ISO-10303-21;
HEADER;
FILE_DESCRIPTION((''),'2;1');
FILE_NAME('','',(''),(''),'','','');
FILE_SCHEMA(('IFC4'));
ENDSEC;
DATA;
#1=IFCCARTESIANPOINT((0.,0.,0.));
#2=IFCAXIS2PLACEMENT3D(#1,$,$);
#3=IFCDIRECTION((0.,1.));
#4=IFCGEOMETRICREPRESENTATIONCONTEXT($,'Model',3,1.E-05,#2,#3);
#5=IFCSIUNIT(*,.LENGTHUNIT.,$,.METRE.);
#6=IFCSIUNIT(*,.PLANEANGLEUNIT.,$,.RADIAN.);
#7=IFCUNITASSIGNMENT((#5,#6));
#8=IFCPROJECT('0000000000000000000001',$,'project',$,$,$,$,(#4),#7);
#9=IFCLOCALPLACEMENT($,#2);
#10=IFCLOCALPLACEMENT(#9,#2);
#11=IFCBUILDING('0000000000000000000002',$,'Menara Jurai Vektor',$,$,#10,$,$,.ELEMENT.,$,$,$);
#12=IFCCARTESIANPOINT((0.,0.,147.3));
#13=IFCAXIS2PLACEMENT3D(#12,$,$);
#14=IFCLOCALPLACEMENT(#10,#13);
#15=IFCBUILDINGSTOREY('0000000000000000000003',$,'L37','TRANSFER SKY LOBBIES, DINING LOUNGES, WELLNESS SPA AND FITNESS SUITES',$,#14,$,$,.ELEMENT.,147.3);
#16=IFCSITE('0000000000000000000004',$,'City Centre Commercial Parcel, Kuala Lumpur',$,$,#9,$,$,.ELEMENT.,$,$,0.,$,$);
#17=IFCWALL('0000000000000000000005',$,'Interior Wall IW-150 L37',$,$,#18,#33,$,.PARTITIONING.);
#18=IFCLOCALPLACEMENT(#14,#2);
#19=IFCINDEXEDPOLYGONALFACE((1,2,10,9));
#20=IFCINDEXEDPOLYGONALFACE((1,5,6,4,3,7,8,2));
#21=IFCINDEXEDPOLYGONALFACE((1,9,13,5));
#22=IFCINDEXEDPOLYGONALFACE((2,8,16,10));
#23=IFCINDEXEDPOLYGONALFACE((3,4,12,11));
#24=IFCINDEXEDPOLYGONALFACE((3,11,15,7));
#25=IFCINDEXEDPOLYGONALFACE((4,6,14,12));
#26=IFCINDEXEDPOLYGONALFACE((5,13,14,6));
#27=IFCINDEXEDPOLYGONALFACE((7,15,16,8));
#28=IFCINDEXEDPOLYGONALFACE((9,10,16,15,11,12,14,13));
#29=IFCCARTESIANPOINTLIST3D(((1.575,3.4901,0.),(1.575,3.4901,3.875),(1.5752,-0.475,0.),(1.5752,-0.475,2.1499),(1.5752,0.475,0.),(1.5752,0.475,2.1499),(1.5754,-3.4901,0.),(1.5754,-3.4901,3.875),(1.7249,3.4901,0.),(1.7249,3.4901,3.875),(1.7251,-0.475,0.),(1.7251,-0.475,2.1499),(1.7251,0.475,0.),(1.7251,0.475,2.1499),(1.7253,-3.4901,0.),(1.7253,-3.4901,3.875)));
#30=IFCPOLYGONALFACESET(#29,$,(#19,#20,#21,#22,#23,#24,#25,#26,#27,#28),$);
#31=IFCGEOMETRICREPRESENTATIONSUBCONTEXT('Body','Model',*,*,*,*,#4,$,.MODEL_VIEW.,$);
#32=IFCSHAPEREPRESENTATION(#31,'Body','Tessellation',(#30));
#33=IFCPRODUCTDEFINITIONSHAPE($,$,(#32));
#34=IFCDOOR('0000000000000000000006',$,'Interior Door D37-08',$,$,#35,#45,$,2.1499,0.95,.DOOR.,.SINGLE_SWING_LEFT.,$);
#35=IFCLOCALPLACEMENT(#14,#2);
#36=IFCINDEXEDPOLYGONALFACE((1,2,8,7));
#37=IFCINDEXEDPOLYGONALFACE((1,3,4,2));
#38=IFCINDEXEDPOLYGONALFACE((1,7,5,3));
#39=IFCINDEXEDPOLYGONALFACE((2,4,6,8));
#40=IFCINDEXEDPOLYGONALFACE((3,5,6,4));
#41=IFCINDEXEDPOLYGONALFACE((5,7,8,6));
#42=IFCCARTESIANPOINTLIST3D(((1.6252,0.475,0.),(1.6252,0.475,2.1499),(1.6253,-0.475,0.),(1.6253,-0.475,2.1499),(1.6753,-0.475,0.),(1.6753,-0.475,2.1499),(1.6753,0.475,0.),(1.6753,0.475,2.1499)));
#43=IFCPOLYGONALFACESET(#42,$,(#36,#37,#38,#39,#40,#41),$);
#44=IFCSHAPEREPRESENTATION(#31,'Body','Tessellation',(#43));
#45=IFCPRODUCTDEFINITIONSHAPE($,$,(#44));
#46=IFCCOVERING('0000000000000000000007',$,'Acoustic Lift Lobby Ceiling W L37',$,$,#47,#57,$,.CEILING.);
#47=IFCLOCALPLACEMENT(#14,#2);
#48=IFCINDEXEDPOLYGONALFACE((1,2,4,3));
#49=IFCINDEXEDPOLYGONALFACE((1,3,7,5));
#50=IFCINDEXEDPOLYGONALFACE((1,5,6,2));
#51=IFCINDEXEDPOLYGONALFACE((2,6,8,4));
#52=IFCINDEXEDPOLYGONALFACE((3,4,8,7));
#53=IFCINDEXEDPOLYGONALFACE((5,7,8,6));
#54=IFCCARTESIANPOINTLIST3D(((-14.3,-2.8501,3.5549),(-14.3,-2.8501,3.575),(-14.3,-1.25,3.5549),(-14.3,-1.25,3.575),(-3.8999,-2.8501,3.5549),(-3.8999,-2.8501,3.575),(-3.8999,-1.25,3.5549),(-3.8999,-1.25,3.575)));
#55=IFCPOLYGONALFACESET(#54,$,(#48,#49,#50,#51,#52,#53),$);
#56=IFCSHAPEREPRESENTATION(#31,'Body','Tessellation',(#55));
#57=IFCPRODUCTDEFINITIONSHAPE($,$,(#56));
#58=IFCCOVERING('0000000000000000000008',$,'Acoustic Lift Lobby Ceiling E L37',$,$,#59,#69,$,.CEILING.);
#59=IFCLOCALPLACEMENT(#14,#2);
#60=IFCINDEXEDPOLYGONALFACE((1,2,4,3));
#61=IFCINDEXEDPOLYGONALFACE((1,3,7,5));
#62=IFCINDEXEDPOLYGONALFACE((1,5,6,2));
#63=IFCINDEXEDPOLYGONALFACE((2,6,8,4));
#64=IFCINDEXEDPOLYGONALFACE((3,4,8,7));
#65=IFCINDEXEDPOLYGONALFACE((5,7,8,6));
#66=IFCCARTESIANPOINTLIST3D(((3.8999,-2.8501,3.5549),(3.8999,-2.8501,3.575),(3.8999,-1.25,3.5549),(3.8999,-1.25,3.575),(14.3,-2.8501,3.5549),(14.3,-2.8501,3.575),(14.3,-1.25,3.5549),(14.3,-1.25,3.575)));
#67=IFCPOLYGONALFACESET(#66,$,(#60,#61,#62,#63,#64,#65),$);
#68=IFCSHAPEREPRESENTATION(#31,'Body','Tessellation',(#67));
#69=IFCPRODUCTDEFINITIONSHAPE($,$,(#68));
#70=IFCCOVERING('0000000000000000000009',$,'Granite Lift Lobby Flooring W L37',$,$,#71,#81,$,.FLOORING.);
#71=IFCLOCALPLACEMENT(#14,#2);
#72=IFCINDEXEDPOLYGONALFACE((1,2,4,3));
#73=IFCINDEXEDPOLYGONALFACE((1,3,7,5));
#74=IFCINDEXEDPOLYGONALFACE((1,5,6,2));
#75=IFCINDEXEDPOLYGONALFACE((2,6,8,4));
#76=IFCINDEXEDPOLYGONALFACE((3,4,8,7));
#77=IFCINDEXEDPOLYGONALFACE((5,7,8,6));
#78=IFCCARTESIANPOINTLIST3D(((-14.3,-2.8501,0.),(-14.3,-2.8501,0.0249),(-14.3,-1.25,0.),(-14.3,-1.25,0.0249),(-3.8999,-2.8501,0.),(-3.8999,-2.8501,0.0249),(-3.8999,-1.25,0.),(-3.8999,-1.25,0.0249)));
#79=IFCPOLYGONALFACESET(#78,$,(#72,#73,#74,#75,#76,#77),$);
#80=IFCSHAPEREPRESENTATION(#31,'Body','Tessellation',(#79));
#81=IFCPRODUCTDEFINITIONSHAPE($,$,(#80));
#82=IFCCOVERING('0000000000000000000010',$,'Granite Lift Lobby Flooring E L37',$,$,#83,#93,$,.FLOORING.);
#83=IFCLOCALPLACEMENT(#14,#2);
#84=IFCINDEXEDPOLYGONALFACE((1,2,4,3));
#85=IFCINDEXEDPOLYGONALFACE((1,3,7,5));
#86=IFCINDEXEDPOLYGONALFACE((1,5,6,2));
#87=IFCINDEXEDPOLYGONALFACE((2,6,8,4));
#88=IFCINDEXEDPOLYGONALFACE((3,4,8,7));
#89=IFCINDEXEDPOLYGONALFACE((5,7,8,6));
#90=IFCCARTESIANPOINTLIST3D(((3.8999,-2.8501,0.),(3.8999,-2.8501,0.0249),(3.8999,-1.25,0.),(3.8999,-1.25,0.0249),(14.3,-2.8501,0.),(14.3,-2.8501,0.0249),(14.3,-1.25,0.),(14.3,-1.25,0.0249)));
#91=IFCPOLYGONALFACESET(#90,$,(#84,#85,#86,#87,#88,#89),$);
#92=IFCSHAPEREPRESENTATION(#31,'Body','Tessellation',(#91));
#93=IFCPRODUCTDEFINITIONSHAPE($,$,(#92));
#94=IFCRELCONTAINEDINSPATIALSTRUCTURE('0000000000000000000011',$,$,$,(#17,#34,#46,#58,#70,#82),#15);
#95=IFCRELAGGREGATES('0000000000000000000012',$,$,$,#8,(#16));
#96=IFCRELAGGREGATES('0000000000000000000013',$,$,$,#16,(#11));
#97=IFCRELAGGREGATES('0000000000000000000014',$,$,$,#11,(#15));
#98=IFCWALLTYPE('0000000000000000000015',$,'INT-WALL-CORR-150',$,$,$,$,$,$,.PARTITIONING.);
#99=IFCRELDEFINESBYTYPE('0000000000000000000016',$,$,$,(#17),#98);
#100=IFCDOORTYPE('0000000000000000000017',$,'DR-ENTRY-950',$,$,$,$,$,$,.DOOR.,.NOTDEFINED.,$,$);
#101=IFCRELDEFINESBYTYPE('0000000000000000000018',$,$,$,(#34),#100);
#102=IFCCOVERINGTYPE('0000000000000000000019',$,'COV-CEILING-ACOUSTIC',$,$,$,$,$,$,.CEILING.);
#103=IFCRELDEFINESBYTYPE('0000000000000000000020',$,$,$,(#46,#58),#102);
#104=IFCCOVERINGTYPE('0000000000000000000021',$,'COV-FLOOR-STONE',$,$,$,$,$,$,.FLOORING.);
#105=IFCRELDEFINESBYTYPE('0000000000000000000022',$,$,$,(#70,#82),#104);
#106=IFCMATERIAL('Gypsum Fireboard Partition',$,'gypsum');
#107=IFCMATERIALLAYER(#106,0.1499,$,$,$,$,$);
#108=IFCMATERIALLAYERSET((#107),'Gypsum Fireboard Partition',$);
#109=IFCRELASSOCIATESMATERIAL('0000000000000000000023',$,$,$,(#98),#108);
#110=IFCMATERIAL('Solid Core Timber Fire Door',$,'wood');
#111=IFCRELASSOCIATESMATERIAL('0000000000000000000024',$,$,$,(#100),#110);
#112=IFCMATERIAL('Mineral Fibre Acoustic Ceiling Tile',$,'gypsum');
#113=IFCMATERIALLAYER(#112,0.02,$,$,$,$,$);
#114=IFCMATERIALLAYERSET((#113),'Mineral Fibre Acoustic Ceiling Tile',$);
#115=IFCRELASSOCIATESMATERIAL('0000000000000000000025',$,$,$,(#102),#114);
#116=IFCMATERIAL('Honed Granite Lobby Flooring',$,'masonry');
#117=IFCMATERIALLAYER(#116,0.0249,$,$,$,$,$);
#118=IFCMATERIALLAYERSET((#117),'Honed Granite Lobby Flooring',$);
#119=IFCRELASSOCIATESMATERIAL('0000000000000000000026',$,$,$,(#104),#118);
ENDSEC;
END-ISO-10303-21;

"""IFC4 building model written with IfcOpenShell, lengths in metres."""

from ifc_helpers import new_model, si_unit, direction, frame, frame_2d, origin, place, context, subcontext, project, spatial, polyline, rectangle, outline, extrude, material, layer, layer_set, type_object, element, fill, save


model = new_model("IFC4")

# Units and contexts
model_context = context("Model", 3, precision=1e-05, world=origin(), true_north=direction((0.0, 1.0)))
body_context = subcontext(model_context, "Body", "Model", "MODEL_VIEW")
ifc_project = project(units=[si_unit("LENGTHUNIT", "METRE"), si_unit("PLANEANGLEUNIT", "RADIAN")], contexts=[model_context])

# Site, building, storey
site_placement = place(None, origin())
site = spatial("IfcSite", under=ifc_project, at=site_placement, Name="City Centre Commercial Parcel, Kuala Lumpur", CompositionType="ELEMENT", RefElevation=0.0)
building_placement = place(site_placement, origin())
building = spatial("IfcBuilding", under=site, at=building_placement, Name="Menara Jurai Vektor", CompositionType="ELEMENT")
storey_placement = place(building_placement, frame((0.0, 0.0, 147.3)))
storey = spatial("IfcBuildingStorey", under=building, at=storey_placement, Name="L37", Description="TRANSFER SKY LOBBIES, DINING LOUNGES, WELLNESS SPA AND FITNESS SUITES", CompositionType="ELEMENT", Elevation=147.3)

# Shared definitions
ifc_material_1 = material(Name="Gypsum Fireboard Partition", Category="gypsum")
ifc_layer_1 = layer(ifc_material_1, 0.1499)
ifc_layer_set_1 = layer_set([ifc_layer_1], Name="Gypsum Fireboard Partition")
wall_type = type_object("IfcWallType", Name="INT-WALL-CORR-150", PredefinedType="PARTITIONING", material=ifc_layer_set_1)

# Wall, opening, door
wall_1_placement = place(storey_placement, frame((1.6504, -3.4902, 0.0), z_axis=(0.0, 0.0, 1.0), x_axis=(-0.00007, 1.0, 0.0)))
wall_1 = element("IfcWall", 1, at=wall_1_placement, inside=storey, type_object=wall_type, Name="Interior Wall IW-150 L37", PredefinedType="PARTITIONING", context=body_context, shape_type="SweptSolid", body=[
    extrude(rectangle(XDim=6.9802, YDim=0.1499, at=frame_2d((3.4902, 0.0))), origin(), (0.0, 0.0, 1.0), 3.875),
])
opening_1_placement = place(wall_1_placement, frame((3.0151, 0.0, 0.0)))
opening_1 = element("IfcOpeningElement", 2, at=opening_1_placement, cuts=wall_1, PredefinedType="OPENING", context=body_context, shape_type="SweptSolid", body=[
    extrude(rectangle(XDim=0.95, YDim=2.1499, at=frame_2d((0.4751, 1.075))), frame((0.0, 0.085, 0.0), z_axis=(0.0, -1.0, 0.0), x_axis=(1.0, 0.0, 0.0)), (0.0, 0.0, 1.0), 0.1699),
])
ifc_material_2 = material(Name="Solid Core Timber Fire Door", Category="wood")
door_type_1 = type_object("IfcDoorType", Name="DR-ENTRY-950", OperationType="NOTDEFINED", PredefinedType="DOOR", material=ifc_material_2)
door_1_placement = place(opening_1_placement, origin())
door_1 = element("IfcDoor", 3, at=door_1_placement, inside=storey, type_object=door_type_1, Name="Interior Door D37-08", OperationType="SINGLE_SWING_LEFT", OverallHeight=2.1499, OverallWidth=0.95, PredefinedType="DOOR", context=body_context, shape_type="SweptSolid", body=[
    extrude(rectangle(XDim=0.95, YDim=2.1499, at=frame_2d((0.4751, 1.075))), frame((0.0, 0.0249, 0.0), z_axis=(0.0, -1.0, 0.0), x_axis=(1.0, 0.0, 0.0)), (0.0, 0.0, 1.0), 0.05),
])
fill(opening_1, door_1)

# Coverings
ifc_material_3 = material(Name="Mineral Fibre Acoustic Ceiling Tile", Category="gypsum")
ifc_layer_2 = layer(ifc_material_3, 0.02)
ifc_layer_set_2 = layer_set([ifc_layer_2], Name="Mineral Fibre Acoustic Ceiling Tile")
covering_type_1 = type_object("IfcCoveringType", Name="COV-CEILING-ACOUSTIC", PredefinedType="CEILING", material=ifc_layer_set_2)
covering_1_placement = place(storey_placement, frame((0.0, 0.0, 3.5549)))
element("IfcCovering", 4, at=covering_1_placement, inside=storey, type_object=covering_type_1, Name="Acoustic Lift Lobby Ceiling W L37", PredefinedType="CEILING", context=body_context, shape_type="SweptSolid", body=[
    extrude(outline(polyline([(-14.3, -2.8501), (-3.8999, -2.8501), (-3.8999, -1.25), (-14.3, -1.25), (-14.3, -2.8501)])), origin(), (0.0, 0.0, 1.0), 0.02),
])
covering_2_placement = place(storey_placement, frame((0.0, 0.0, 3.5549)))
element("IfcCovering", 5, at=covering_2_placement, inside=storey, type_object=covering_type_1, Name="Acoustic Lift Lobby Ceiling E L37", PredefinedType="CEILING", context=body_context, shape_type="SweptSolid", body=[
    extrude(outline(polyline([(3.8999, -2.8501), (14.3, -2.8501), (14.3, -1.25), (3.8999, -1.25), (3.8999, -2.8501)])), origin(), (0.0, 0.0, 1.0), 0.02),
])
ifc_material_4 = material(Name="Honed Granite Lobby Flooring", Category="masonry")
ifc_layer_3 = layer(ifc_material_4, 0.0249)
ifc_layer_set_3 = layer_set([ifc_layer_3], Name="Honed Granite Lobby Flooring")
covering_type_2 = type_object("IfcCoveringType", Name="COV-FLOOR-STONE", PredefinedType="FLOORING", material=ifc_layer_set_3)
covering_3_placement = place(storey_placement, origin())
element("IfcCovering", 6, at=covering_3_placement, inside=storey, type_object=covering_type_2, Name="Granite Lift Lobby Flooring W L37", PredefinedType="FLOORING", context=body_context, shape_type="SweptSolid", body=[
    extrude(outline(polyline([(-14.3, -2.8501), (-3.8999, -2.8501), (-3.8999, -1.25), (-14.3, -1.25), (-14.3, -2.8501)])), origin(), (0.0, 0.0, 1.0), 0.0249),
])
covering_4_placement = place(storey_placement, origin())
element("IfcCovering", 7, at=covering_4_placement, inside=storey, type_object=covering_type_2, Name="Granite Lift Lobby Flooring E L37", PredefinedType="FLOORING", context=body_context, shape_type="SweptSolid", body=[
    extrude(outline(polyline([(3.8999, -2.8501), (14.3, -2.8501), (14.3, -1.25), (3.8999, -1.25), (3.8999, -2.8501)])), origin(), (0.0, 0.0, 1.0), 0.0249),
])

save(model, "model.ifc")
